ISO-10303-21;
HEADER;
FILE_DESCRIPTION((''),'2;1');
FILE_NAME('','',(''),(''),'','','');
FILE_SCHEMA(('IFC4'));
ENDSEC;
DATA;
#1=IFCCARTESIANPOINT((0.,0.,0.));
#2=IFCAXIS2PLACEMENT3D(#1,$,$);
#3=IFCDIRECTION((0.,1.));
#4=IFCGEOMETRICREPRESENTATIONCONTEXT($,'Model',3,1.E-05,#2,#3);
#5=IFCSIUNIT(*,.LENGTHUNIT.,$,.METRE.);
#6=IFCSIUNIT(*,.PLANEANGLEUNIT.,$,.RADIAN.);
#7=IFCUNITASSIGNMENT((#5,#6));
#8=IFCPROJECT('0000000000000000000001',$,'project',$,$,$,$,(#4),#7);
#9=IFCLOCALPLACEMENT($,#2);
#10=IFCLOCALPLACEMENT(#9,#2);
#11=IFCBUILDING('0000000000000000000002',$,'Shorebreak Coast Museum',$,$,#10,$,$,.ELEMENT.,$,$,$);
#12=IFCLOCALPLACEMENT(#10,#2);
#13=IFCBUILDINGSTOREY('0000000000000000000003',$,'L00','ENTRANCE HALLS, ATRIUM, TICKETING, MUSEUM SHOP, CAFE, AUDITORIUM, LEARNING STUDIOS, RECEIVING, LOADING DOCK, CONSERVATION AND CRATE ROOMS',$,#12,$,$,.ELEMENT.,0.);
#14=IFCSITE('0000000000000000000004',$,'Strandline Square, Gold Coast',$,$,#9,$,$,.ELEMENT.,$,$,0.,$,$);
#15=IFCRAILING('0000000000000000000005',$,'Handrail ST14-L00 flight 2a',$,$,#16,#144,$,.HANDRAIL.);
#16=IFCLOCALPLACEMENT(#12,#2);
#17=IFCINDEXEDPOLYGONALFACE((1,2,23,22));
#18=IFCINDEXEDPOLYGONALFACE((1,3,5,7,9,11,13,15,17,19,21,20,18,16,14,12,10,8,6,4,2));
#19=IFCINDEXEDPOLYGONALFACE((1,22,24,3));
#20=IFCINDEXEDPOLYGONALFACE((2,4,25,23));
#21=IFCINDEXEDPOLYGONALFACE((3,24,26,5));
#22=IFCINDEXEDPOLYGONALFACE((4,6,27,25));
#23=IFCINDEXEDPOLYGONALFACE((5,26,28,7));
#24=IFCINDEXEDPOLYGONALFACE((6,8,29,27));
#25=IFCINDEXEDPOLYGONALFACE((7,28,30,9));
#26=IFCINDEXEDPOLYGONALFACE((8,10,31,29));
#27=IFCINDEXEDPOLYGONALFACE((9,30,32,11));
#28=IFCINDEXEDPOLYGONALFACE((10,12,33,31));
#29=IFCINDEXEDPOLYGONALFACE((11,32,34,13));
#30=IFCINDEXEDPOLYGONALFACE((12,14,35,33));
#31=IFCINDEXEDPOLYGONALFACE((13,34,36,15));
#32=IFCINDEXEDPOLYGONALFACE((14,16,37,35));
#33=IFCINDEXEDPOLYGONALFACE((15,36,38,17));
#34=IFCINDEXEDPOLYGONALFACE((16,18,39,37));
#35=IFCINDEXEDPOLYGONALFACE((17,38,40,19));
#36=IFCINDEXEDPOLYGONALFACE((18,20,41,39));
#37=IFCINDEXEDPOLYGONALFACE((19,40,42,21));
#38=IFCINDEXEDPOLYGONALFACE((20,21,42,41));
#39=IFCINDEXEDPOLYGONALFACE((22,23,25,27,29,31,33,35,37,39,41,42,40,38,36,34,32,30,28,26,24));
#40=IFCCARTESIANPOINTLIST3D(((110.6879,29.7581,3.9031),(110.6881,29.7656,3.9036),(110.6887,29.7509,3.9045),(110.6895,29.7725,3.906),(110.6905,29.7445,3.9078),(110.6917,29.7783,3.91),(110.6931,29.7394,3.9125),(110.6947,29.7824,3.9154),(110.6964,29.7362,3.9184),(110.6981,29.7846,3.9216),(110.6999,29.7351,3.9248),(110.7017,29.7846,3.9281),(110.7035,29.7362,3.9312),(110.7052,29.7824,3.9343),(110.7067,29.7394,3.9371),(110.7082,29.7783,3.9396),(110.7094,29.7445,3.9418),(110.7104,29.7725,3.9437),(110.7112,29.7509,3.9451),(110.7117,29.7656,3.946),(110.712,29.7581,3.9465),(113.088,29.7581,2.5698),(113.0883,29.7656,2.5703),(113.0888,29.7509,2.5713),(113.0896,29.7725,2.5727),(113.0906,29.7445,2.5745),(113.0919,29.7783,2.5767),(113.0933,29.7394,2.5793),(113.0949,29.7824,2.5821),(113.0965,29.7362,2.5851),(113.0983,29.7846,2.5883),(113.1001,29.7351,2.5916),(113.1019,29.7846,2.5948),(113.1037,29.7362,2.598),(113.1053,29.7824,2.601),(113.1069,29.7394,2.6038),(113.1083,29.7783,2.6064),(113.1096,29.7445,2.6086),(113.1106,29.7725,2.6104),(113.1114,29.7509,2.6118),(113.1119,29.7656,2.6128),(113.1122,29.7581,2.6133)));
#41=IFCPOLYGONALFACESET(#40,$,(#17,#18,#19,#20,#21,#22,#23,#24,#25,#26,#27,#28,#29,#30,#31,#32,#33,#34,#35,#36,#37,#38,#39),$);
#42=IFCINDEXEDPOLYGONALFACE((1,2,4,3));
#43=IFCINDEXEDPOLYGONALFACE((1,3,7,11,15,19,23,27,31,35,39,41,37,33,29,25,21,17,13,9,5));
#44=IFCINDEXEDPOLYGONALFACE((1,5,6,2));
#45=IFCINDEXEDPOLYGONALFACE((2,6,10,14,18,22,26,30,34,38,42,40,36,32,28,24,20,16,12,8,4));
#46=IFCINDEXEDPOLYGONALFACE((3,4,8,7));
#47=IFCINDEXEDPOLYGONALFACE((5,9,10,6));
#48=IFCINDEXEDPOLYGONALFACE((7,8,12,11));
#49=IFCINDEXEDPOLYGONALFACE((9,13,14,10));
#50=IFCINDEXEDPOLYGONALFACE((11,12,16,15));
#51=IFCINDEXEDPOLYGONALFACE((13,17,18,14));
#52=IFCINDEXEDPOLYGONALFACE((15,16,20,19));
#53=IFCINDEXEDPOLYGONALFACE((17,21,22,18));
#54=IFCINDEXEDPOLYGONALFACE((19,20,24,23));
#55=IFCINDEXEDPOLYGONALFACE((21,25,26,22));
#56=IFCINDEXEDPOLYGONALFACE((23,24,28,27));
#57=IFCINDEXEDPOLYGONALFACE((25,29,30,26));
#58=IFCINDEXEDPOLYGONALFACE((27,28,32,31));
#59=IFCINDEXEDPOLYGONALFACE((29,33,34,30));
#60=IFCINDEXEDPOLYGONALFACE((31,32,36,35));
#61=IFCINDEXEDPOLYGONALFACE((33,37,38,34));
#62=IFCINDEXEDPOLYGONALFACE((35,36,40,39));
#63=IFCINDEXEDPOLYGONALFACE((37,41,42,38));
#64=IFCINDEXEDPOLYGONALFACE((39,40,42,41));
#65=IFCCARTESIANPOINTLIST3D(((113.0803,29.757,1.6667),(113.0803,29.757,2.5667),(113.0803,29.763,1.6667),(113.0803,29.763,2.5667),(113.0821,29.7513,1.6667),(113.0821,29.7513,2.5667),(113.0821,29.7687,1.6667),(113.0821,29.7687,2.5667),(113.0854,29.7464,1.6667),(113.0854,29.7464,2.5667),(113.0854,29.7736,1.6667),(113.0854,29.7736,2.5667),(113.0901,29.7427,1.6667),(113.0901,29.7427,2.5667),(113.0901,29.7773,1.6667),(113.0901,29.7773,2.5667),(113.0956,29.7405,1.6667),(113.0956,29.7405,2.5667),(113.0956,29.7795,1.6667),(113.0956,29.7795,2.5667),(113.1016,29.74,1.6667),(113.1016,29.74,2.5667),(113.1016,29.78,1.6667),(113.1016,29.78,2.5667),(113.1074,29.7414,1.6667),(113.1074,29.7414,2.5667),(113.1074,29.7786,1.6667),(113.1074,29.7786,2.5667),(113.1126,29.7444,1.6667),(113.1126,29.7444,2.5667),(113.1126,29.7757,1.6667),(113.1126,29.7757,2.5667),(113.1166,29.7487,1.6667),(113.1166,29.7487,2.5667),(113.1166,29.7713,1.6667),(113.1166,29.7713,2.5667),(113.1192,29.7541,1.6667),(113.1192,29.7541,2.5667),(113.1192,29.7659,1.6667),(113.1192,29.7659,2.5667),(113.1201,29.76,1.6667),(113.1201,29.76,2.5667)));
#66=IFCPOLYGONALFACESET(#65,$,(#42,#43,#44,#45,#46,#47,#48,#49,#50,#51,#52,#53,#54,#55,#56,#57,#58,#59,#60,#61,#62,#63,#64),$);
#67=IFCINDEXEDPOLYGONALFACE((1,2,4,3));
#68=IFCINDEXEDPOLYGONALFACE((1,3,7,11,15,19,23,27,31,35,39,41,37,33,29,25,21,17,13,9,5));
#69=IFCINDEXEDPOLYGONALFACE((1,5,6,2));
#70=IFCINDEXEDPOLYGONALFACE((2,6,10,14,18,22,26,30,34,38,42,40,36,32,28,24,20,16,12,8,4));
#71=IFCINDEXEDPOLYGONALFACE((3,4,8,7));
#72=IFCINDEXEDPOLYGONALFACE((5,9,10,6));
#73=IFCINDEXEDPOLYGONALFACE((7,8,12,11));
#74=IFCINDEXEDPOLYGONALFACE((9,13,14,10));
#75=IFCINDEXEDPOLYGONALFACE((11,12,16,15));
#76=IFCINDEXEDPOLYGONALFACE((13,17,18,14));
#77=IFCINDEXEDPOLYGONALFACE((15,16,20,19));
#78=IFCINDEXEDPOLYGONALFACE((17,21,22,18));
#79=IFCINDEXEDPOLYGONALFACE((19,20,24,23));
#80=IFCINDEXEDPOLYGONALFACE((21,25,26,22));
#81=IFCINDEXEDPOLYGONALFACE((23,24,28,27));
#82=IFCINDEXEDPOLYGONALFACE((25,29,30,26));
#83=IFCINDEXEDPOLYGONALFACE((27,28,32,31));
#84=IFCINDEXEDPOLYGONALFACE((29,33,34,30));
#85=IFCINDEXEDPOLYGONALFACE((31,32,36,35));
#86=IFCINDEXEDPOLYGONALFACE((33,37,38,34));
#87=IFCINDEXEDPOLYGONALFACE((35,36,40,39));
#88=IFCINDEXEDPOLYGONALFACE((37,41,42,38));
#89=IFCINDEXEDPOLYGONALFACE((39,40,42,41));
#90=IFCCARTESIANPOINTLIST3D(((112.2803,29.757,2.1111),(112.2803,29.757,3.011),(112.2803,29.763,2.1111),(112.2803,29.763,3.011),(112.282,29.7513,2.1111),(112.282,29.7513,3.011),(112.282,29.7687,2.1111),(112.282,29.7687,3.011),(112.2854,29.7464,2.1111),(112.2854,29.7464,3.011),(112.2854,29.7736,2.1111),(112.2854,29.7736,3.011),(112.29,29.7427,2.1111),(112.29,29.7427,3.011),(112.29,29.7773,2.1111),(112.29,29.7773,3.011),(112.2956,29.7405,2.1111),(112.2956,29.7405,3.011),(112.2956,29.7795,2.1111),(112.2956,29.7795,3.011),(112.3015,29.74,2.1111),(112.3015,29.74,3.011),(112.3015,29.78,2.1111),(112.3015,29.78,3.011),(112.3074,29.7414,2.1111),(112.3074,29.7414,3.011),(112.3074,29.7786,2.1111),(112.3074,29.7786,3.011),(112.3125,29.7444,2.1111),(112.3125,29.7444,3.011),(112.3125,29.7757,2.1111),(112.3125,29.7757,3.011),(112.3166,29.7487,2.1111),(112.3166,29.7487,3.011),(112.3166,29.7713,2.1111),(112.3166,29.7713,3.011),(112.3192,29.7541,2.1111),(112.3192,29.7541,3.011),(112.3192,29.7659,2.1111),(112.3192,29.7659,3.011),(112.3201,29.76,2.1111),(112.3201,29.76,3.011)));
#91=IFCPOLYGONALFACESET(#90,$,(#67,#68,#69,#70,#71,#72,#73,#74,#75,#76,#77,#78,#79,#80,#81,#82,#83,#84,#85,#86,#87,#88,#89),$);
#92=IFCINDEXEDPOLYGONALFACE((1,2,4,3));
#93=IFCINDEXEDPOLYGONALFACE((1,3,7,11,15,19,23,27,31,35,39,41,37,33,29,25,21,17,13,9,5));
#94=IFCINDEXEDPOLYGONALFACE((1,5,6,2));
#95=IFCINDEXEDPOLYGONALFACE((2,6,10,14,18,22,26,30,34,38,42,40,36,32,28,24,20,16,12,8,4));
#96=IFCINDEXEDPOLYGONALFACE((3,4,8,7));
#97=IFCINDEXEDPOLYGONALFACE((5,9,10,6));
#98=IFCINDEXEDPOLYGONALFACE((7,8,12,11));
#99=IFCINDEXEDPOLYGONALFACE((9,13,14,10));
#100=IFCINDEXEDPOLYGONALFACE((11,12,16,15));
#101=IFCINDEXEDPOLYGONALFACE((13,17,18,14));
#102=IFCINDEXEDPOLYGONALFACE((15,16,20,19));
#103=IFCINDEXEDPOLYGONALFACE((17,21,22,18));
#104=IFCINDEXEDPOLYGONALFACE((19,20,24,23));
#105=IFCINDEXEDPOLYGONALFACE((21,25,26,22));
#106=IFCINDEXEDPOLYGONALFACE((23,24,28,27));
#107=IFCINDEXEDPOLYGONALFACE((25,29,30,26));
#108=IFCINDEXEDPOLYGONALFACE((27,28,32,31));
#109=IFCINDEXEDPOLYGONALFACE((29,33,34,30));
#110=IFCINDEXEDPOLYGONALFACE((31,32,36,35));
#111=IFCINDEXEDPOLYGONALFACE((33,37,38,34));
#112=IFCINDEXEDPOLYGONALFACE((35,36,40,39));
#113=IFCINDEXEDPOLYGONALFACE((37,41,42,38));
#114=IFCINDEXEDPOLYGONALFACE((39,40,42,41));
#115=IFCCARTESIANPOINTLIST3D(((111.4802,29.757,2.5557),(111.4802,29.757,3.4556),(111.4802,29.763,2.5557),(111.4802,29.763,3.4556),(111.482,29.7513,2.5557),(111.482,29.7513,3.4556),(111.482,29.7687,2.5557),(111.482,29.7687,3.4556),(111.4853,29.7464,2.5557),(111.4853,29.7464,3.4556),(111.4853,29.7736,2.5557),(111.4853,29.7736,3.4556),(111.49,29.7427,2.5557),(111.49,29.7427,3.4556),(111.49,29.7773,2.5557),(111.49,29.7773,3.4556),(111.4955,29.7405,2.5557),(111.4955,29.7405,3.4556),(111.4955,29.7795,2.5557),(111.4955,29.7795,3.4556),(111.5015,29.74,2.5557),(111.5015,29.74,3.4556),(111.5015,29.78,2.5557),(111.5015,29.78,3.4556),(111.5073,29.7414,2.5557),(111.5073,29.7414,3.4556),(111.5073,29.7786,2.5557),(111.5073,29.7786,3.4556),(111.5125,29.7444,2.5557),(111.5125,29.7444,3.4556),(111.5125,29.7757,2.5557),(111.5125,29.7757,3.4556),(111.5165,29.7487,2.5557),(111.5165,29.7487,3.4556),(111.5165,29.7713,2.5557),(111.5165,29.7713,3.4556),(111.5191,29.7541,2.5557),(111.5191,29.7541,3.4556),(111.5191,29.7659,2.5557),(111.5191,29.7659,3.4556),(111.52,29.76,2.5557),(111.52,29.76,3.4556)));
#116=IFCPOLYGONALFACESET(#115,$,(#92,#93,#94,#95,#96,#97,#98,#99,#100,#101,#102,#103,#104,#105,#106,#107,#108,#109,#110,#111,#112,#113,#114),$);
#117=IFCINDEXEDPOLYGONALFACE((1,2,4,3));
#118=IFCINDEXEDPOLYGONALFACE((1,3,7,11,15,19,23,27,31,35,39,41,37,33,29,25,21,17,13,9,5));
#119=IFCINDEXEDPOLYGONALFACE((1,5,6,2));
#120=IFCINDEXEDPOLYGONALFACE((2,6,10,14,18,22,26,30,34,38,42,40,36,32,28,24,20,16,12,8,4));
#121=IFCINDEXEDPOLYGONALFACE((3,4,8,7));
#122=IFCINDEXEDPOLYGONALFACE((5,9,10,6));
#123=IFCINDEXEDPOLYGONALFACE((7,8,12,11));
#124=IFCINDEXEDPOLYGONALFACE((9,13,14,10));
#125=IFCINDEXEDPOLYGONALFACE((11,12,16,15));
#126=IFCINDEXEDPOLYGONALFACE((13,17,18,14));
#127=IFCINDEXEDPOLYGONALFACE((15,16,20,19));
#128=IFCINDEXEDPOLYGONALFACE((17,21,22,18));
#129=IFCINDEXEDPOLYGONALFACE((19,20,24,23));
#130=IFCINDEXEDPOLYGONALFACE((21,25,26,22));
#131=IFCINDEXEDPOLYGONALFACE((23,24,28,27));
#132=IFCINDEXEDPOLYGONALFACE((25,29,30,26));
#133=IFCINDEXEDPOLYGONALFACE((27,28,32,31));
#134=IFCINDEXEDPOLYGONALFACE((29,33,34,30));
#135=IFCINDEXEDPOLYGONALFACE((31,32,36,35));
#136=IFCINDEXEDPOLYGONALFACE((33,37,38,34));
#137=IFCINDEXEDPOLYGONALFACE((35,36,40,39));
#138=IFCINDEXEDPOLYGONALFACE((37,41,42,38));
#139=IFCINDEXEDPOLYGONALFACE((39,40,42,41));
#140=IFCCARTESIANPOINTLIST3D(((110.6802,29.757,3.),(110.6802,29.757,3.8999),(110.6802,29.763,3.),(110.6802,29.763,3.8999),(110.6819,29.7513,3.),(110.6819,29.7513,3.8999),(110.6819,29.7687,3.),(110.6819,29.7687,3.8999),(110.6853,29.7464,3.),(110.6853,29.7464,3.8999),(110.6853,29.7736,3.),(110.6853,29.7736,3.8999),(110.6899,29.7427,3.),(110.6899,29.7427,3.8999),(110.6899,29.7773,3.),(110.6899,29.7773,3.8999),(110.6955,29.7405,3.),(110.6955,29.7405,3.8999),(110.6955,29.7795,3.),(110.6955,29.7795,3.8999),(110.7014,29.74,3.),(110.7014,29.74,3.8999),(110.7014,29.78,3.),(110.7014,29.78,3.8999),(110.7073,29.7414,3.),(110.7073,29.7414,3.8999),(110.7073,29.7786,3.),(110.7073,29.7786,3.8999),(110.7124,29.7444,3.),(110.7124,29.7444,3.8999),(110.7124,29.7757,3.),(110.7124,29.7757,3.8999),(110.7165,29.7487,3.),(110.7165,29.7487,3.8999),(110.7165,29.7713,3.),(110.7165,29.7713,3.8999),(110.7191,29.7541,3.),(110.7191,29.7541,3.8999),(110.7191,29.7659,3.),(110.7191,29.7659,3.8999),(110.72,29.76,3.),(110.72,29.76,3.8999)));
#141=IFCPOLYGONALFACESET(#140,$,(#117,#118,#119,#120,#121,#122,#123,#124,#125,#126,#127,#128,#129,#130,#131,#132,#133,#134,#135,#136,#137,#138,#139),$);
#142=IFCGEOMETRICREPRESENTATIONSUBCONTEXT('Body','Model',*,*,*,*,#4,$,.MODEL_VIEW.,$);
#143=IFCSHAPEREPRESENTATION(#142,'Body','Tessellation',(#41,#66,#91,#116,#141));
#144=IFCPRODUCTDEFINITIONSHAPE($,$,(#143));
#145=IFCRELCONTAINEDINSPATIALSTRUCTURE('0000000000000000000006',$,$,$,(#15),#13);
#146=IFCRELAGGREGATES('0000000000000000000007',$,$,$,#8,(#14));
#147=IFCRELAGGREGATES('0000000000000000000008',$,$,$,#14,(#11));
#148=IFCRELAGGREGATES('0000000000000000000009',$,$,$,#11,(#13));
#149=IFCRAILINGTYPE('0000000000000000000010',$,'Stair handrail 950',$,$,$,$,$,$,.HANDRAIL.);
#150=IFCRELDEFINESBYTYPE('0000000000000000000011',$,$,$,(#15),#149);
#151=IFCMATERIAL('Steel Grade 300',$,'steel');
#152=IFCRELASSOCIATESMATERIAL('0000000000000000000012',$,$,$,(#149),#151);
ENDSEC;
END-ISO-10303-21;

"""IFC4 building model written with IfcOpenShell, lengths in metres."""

from ifc_helpers import new_model, si_unit, direction, frame, origin, origin_2d, place, context, subcontext, project, spatial, circle, extrude, material, type_object, element, save


model = new_model("IFC4")

# Units and contexts
model_context = context("Model", 3, precision=1e-05, world=origin(), true_north=direction((0.0, 1.0)))
body_context = subcontext(model_context, "Body", "Model", "MODEL_VIEW")
ifc_project = project(units=[si_unit("LENGTHUNIT", "METRE"), si_unit("PLANEANGLEUNIT", "RADIAN")], contexts=[model_context])

# Site, building, storey
site_placement = place(None, origin())
site = spatial("IfcSite", under=ifc_project, at=site_placement, Name="Strandline Square, Gold Coast", CompositionType="ELEMENT", RefElevation=0.0)
building_placement = place(site_placement, origin())
building = spatial("IfcBuilding", under=site, at=building_placement, Name="Shorebreak Coast Museum", CompositionType="ELEMENT")
storey_placement = place(building_placement, origin())
storey = spatial("IfcBuildingStorey", under=building, at=storey_placement, Name="L00", Description="ENTRANCE HALLS, ATRIUM, TICKETING, MUSEUM SHOP, CAFE, AUDITORIUM, LEARNING STUDIOS, RECEIVING, LOADING DOCK, CONSERVATION AND CRATE ROOMS", CompositionType="ELEMENT", Elevation=0.0)

# Railing
ifc_material_1 = material(Name="Steel Grade 300", Category="steel")
railing_type_1 = type_object("IfcRailingType", Name="Stair handrail 950", PredefinedType="HANDRAIL", material=ifc_material_1)
for number, where, name in (
    (1, (113.1001, 29.76, 1.6667), "Handrail ST14-L00 flight 2a"),
):
    element("IfcRailing", number, at=place(storey_placement, frame(where)), inside=storey, type_object=railing_type_1, Name=name, PredefinedType="HANDRAIL", context=body_context, shape_type="SweptSolid", body=[
        extrude(circle(Radius=0.0249, at=origin_2d()), frame((0.0, 0.0, 0.9248), z_axis=(-0.874182, 0.0, 0.485598), x_axis=(0.0, -1.0, 0.0)), (0.0, 0.0, 1.0), 2.7456),
        extrude(circle(Radius=0.02, at=origin_2d()), origin(), (0.0, 0.0, 1.0), 0.8999),
        extrude(circle(Radius=0.02, at=origin_2d()), frame((-0.8, 0.0, 0.4443)), (0.0, 0.0, 1.0), 0.8999),
        extrude(circle(Radius=0.02, at=origin_2d()), frame((-1.6001, 0.0, 0.8889)), (0.0, 0.0, 1.0), 0.8999),
        extrude(circle(Radius=0.02, at=origin_2d()), frame((-2.4001, 0.0, 1.3333)), (0.0, 0.0, 1.0), 0.8999),
    ])

save(model, "model.ifc")
